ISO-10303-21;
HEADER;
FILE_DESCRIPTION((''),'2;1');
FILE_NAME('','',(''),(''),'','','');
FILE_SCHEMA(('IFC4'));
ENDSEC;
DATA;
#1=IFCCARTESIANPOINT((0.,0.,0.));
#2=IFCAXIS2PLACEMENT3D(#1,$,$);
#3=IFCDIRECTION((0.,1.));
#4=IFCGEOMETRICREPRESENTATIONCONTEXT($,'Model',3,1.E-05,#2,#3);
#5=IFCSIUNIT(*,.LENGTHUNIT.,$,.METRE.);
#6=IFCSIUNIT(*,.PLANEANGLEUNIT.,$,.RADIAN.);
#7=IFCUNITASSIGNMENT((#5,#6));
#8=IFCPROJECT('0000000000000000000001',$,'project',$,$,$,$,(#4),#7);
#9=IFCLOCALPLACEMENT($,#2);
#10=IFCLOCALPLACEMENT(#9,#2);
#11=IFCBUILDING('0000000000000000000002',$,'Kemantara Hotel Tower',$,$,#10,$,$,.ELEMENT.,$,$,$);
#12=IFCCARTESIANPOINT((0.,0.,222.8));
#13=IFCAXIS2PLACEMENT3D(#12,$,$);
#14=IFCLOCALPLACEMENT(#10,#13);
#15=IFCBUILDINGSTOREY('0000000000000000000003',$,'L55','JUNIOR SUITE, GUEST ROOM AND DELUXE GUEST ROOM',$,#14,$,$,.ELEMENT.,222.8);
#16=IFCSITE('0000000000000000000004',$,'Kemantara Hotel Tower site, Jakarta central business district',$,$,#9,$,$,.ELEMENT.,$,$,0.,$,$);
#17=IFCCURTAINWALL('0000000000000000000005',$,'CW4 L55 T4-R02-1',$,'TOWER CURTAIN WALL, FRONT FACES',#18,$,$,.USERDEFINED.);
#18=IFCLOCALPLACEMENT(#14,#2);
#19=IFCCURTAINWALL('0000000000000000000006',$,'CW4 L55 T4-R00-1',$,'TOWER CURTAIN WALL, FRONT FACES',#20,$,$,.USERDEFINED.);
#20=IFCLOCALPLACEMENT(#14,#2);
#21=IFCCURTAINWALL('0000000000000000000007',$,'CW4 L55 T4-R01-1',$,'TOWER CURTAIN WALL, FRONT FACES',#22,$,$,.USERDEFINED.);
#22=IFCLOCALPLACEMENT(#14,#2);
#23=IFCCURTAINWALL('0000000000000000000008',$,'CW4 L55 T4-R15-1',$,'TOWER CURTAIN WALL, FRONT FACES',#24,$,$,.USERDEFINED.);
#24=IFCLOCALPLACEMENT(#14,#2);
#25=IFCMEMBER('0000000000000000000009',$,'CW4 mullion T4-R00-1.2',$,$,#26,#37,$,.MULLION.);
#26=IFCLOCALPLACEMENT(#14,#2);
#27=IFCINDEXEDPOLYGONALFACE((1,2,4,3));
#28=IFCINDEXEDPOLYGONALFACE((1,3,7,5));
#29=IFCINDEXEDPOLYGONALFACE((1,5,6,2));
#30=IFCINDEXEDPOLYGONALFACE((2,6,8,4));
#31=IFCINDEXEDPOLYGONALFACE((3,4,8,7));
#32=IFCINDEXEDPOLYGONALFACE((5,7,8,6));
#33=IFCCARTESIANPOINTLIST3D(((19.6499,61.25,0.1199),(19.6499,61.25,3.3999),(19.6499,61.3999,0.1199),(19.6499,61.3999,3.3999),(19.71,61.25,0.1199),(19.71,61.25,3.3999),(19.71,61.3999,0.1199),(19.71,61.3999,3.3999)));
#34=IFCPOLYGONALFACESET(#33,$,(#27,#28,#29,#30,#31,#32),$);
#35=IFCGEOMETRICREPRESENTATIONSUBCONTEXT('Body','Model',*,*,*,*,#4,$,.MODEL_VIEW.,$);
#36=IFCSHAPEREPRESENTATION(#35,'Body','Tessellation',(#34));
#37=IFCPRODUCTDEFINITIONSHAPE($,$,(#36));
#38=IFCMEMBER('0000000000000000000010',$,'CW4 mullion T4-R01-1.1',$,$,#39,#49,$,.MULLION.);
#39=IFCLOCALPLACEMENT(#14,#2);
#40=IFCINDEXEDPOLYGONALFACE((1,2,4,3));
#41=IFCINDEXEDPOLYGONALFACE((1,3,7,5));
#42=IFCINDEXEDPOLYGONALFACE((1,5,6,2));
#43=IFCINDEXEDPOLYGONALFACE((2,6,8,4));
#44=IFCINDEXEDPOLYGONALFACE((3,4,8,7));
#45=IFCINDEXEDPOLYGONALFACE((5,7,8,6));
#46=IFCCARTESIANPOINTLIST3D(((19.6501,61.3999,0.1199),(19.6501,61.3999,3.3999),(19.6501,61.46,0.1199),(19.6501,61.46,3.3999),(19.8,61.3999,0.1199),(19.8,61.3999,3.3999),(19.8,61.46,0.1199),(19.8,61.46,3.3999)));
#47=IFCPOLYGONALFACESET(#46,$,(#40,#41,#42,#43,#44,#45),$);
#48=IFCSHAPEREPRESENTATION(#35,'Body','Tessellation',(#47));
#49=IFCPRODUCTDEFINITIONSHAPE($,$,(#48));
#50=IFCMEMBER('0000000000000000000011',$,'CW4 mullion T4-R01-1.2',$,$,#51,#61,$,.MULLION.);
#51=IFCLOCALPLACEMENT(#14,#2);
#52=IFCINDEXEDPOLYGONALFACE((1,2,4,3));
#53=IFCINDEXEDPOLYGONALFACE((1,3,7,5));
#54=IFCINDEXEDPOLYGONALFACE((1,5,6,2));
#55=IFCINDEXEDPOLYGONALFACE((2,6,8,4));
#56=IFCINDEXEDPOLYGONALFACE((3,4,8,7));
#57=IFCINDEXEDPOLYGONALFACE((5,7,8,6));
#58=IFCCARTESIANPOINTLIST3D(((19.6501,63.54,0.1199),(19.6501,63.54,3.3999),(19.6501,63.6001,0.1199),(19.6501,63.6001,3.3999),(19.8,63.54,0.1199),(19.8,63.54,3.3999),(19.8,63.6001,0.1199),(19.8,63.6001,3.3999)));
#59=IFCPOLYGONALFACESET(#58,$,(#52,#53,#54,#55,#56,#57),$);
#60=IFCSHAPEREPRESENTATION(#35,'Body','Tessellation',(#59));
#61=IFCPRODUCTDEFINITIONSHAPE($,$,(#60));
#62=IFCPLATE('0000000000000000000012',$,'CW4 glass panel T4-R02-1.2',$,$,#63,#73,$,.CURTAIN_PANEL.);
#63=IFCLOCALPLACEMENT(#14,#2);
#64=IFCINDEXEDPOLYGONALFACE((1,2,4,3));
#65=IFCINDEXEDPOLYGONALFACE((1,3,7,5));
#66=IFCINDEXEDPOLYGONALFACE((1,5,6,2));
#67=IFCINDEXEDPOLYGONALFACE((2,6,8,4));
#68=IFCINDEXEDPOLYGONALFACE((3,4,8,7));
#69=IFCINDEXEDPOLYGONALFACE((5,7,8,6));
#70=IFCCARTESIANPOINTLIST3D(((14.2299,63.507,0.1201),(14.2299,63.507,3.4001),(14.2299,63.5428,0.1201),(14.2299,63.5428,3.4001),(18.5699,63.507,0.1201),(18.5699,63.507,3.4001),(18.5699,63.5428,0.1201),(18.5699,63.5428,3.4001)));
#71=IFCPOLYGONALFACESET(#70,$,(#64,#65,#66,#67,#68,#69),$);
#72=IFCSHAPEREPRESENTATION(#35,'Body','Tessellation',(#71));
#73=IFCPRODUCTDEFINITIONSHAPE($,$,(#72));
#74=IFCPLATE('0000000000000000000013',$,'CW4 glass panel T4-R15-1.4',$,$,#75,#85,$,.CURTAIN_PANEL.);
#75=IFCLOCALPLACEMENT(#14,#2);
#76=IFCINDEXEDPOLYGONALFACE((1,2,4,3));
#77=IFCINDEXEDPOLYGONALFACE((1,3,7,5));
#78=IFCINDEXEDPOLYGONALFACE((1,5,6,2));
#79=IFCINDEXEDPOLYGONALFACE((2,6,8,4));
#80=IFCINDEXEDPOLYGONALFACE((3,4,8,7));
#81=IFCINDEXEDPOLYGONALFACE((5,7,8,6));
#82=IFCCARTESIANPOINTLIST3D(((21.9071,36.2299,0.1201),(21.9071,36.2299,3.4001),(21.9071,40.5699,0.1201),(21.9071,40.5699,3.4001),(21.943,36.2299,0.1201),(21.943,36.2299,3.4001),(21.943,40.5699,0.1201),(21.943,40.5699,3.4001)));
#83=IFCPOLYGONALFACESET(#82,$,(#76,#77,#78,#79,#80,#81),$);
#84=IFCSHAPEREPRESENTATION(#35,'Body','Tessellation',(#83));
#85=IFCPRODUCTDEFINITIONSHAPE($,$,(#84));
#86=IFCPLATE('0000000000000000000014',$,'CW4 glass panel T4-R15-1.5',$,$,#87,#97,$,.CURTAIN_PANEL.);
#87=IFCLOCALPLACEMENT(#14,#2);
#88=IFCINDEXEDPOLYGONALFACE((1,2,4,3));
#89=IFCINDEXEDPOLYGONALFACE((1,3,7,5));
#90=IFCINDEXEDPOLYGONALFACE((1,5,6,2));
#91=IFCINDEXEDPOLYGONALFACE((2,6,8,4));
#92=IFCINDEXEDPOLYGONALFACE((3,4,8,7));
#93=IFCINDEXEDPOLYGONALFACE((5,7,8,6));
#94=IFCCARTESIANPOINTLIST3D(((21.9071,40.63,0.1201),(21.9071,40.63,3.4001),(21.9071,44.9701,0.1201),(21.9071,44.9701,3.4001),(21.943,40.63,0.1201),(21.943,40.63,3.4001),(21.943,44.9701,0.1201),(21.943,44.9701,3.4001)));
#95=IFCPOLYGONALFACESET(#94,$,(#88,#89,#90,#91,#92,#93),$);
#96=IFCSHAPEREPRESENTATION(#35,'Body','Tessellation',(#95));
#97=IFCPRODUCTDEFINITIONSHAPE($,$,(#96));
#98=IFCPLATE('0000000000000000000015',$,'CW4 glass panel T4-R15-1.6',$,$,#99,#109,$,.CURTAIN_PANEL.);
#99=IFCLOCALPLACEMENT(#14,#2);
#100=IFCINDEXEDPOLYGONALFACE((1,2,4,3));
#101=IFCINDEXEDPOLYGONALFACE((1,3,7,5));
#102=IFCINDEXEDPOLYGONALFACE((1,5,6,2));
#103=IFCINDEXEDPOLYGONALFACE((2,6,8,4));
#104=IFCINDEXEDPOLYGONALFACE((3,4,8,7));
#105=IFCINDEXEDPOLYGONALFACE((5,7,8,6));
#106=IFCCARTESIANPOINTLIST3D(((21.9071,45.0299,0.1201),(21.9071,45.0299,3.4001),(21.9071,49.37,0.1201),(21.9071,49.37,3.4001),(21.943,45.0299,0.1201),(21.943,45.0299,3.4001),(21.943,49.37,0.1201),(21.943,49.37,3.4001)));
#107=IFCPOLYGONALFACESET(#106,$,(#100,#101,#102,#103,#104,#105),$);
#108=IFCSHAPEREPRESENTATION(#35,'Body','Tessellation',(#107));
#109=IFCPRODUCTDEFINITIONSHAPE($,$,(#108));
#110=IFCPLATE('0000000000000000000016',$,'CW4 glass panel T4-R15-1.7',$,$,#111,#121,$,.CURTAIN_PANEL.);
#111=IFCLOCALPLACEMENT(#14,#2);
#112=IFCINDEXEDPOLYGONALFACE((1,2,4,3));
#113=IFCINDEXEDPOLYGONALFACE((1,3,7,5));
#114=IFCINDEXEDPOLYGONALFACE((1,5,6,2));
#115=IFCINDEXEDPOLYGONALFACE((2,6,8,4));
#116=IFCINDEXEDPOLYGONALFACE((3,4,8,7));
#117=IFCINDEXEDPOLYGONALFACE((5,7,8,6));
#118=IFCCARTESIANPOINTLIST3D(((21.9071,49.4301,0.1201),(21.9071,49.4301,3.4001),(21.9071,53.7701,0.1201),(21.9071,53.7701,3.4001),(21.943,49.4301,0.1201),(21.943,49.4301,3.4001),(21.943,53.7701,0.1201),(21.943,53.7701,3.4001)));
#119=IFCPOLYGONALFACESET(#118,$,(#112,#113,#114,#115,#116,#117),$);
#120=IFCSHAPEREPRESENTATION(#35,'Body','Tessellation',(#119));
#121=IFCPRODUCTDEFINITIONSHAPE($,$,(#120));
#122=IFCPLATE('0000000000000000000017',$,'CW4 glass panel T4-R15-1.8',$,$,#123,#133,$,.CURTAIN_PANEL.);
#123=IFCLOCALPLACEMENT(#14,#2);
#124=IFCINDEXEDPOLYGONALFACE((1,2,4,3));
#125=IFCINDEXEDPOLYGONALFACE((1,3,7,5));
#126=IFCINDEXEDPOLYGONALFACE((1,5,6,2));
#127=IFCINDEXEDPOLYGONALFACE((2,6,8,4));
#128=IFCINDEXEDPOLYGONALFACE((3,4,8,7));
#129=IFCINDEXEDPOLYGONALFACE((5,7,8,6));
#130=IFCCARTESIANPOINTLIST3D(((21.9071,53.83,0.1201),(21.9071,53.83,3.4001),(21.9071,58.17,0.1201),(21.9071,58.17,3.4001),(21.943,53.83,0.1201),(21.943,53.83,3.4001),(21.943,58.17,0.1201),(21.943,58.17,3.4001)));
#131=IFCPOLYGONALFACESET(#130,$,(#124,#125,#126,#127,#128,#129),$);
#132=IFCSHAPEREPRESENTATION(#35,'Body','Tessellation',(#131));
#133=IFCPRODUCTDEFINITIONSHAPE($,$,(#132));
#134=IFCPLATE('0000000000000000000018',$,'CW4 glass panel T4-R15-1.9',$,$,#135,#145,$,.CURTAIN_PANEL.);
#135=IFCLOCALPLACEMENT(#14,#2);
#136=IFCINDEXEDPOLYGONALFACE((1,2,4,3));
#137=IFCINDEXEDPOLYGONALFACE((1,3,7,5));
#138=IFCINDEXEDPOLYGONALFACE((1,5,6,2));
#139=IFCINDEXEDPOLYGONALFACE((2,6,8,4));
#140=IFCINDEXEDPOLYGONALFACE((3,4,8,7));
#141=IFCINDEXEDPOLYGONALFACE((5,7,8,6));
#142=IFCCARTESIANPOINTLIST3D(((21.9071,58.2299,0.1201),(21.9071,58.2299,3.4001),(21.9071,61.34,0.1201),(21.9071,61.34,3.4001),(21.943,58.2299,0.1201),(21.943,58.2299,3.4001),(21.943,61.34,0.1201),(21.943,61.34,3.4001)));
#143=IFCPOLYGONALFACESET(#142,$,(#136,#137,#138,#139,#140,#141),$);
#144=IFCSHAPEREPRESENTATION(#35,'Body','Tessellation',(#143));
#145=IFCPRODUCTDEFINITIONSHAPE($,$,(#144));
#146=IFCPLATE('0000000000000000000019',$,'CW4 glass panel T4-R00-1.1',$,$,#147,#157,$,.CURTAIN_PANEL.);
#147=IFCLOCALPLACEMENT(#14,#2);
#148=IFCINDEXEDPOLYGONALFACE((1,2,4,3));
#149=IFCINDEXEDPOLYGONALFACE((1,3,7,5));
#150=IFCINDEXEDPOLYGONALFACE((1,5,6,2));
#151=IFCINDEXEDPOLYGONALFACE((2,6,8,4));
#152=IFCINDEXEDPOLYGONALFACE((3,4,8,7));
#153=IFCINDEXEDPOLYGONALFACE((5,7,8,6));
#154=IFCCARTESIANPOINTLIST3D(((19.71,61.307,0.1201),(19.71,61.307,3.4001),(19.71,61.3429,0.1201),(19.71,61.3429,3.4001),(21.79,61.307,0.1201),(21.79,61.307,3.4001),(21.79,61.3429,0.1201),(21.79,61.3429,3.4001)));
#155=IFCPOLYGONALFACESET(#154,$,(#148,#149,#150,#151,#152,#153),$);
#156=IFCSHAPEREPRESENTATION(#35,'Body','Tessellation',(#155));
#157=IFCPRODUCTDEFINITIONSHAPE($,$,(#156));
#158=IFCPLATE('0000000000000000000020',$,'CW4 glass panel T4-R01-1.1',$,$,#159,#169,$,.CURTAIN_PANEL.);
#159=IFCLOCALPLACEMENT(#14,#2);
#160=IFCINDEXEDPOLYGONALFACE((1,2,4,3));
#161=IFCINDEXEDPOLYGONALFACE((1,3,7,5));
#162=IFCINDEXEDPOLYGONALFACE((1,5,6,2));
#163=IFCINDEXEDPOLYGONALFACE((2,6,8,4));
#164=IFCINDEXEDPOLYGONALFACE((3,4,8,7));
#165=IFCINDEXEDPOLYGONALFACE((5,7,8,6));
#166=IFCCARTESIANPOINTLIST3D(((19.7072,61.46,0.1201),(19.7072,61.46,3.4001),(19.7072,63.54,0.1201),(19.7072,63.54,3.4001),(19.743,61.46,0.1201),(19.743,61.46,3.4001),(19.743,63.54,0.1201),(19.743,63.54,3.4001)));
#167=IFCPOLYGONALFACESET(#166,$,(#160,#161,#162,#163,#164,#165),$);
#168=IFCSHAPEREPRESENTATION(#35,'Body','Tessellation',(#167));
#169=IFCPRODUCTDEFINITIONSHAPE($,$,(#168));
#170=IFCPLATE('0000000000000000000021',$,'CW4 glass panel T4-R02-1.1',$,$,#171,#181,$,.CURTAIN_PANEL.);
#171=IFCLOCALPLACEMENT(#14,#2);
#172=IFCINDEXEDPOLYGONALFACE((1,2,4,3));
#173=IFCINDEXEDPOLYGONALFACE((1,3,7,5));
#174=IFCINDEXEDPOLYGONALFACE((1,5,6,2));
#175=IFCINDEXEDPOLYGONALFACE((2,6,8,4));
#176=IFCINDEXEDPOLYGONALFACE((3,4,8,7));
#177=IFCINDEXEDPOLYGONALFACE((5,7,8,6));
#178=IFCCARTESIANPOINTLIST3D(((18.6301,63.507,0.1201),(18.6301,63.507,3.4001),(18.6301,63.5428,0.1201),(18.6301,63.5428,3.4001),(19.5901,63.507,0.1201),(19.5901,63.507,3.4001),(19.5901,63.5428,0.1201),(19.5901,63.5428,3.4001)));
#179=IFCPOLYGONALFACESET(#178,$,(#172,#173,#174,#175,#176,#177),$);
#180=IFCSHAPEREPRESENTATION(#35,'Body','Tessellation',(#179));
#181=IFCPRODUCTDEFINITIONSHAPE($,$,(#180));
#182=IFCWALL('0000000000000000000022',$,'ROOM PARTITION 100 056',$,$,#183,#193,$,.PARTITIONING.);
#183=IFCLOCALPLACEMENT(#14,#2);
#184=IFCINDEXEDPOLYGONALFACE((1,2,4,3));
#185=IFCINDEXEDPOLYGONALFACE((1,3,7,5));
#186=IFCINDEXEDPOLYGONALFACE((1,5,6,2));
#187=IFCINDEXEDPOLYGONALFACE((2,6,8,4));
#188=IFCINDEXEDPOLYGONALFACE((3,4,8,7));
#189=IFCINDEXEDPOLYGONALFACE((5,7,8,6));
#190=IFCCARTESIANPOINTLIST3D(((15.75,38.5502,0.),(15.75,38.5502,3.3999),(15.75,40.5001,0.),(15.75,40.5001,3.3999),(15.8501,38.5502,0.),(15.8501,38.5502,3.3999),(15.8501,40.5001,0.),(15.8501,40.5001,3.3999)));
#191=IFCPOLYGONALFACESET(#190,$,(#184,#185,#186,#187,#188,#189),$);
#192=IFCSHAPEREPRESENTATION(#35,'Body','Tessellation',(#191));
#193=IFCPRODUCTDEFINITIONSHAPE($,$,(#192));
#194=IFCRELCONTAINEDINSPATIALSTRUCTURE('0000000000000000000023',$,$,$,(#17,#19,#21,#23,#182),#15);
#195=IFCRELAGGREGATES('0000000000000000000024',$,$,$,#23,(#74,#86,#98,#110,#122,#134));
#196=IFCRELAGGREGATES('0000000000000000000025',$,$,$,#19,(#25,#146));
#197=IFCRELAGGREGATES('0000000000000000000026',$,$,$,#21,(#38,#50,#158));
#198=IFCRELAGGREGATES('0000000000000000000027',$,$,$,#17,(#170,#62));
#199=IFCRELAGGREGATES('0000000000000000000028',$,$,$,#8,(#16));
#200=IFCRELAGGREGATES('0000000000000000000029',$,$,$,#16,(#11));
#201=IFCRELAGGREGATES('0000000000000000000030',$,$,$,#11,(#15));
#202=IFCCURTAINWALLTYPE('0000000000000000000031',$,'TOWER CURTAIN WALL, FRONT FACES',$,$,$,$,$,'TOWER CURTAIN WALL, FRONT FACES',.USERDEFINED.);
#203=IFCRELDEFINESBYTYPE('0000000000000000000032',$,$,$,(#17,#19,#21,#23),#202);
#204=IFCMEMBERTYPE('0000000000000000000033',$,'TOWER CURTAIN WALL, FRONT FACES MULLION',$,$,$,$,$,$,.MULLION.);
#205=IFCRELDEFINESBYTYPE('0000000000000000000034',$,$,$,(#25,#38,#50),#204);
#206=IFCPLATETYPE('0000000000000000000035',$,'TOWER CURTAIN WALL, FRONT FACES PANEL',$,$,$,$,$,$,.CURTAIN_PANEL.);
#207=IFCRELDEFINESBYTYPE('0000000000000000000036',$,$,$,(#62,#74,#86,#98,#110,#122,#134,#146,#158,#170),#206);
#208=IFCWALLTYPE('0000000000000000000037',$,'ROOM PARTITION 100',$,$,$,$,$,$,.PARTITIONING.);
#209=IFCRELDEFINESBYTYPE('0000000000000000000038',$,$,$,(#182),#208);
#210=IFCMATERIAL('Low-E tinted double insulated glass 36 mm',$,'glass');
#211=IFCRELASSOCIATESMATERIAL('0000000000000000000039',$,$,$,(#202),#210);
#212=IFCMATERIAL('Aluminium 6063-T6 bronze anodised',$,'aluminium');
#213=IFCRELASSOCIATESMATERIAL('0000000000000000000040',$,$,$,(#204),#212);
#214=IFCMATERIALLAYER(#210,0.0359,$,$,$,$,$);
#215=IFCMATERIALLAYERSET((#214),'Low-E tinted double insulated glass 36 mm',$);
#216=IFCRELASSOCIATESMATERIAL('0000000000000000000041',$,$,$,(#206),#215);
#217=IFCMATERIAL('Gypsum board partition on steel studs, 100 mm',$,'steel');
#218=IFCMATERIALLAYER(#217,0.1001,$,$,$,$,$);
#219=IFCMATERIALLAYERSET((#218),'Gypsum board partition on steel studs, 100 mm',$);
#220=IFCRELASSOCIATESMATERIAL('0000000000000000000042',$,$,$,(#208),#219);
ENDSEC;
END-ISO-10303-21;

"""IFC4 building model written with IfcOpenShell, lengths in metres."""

from ifc_helpers import new_model, si_unit, direction, frame, frame_2d, origin, origin_2d, place, context, subcontext, project, spatial, rectangle, extrude, source, transform, mapped, material, layer, layer_set, material_profile, profile_set, type_object, element, aggregate, save


model = new_model("IFC4")

# Units and contexts
model_context = context("Model", 3, precision=1e-05, world=origin(), true_north=direction((0.0, 1.0)))
body_context = subcontext(model_context, "Body", "Model", "MODEL_VIEW")
ifc_project = project(units=[si_unit("LENGTHUNIT", "METRE"), si_unit("PLANEANGLEUNIT", "RADIAN")], contexts=[model_context])

# Site, building, storey
site_placement = place(None, origin())
site = spatial("IfcSite", under=ifc_project, at=site_placement, Name="Kemantara Hotel Tower site, Jakarta central business district", CompositionType="ELEMENT", RefElevation=0.0)
building_placement = place(site_placement, origin())
building = spatial("IfcBuilding", under=site, at=building_placement, Name="Kemantara Hotel Tower", CompositionType="ELEMENT")
storey_placement = place(building_placement, frame((0.0, 0.0, 222.8)))
storey = spatial("IfcBuildingStorey", under=building, at=storey_placement, Name="L55", Description="JUNIOR SUITE, GUEST ROOM AND DELUXE GUEST ROOM", CompositionType="ELEMENT", Elevation=222.8)

# Curtain walls
ifc_material_1 = material(Name="Low-E tinted double insulated glass 36 mm", Category="glass")
curtain_wall_type = type_object("IfcCurtainWallType", Name="TOWER CURTAIN WALL, FRONT FACES", ElementType="TOWER CURTAIN WALL, FRONT FACES", PredefinedType="USERDEFINED", material=ifc_material_1)
curtain_wall_1_placement = place(storey_placement, origin())
curtain_wall_1 = element("IfcCurtainWall", 1, at=curtain_wall_1_placement, inside=storey, type_object=curtain_wall_type, Name="CW4 L55 T4-R02-1", ObjectType="TOWER CURTAIN WALL, FRONT FACES", PredefinedType="USERDEFINED")
ifc_material_2 = material(Name="Aluminium 6063-T6 bronze anodised", Category="aluminium")
curtain_wall_2_placement = place(storey_placement, origin())
curtain_wall_2 = element("IfcCurtainWall", 2, at=curtain_wall_2_placement, inside=storey, type_object=curtain_wall_type, Name="CW4 L55 T4-R00-1", ObjectType="TOWER CURTAIN WALL, FRONT FACES", PredefinedType="USERDEFINED")
curtain_wall_3_placement = place(storey_placement, origin())
curtain_wall_3 = element("IfcCurtainWall", 3, at=curtain_wall_3_placement, inside=storey, type_object=curtain_wall_type, Name="CW4 L55 T4-R01-1", ObjectType="TOWER CURTAIN WALL, FRONT FACES", PredefinedType="USERDEFINED")

# Shared definitions
ifc_material_profile_1 = material_profile(ifc_material_2, rectangle(XDim=0.1499, YDim=0.0601, at=origin_2d()), Name="TOWER CURTAIN WALL, FRONT FACES MULLION")
ifc_profile_set_1 = profile_set([ifc_material_profile_1], Name="Aluminium 6063-T6 bronze anodised")
member_type_1 = type_object("IfcMemberType", Name="TOWER CURTAIN WALL, FRONT FACES MULLION", PredefinedType="MULLION", material=ifc_profile_set_1)
shared_shape_1 = source(origin(), body_context, "Body", "SweptSolid", [
    extrude(rectangle(XDim=0.1499, YDim=0.0601, at=origin_2d()), origin(), (0.0, 0.0, 1.0), 3.28),
])

# Curtain wall
curtain_wall_4_placement = place(storey_placement, origin())
curtain_wall_4 = element("IfcCurtainWall", 4, at=curtain_wall_4_placement, inside=storey, type_object=curtain_wall_type, Name="CW4 L55 T4-R15-1", ObjectType="TOWER CURTAIN WALL, FRONT FACES", PredefinedType="USERDEFINED")

# Members
member_1_placement = place(storey_placement, frame((19.6799, 61.325, 0.1199), z_axis=(0.0, 0.0, 1.0), x_axis=(0.0, -1.0, 0.0)))
member_1 = element("IfcMember", 5, at=member_1_placement, type_object=member_type_1, Name="CW4 mullion T4-R00-1.2", PredefinedType="MULLION", context=body_context, shape_type="MappedRepresentation", body=[
    mapped(shared_shape_1, transform((0.0, 0.0, 0.0))),
])
member_2_placement = place(storey_placement, frame((19.7251, 61.4299, 0.1199), z_axis=(0.0, 0.0, 1.0), x_axis=(-1.0, 0.0, 0.0)))
member_2 = element("IfcMember", 6, at=member_2_placement, type_object=member_type_1, Name="CW4 mullion T4-R01-1.1", PredefinedType="MULLION", context=body_context, shape_type="MappedRepresentation", body=[
    mapped(shared_shape_1, transform((0.0, 0.0, 0.0))),
])
member_3_placement = place(storey_placement, frame((19.7251, 63.5701, 0.1199), z_axis=(0.0, 0.0, 1.0), x_axis=(-1.0, 0.0, 0.0)))
member_3 = element("IfcMember", 7, at=member_3_placement, type_object=member_type_1, Name="CW4 mullion T4-R01-1.2", PredefinedType="MULLION", context=body_context, shape_type="MappedRepresentation", body=[
    mapped(shared_shape_1, transform((0.0, 0.0, 0.0))),
])

# Plates
ifc_layer_1 = layer(ifc_material_1, 0.0359)
ifc_layer_set_1 = layer_set([ifc_layer_1], Name="Low-E tinted double insulated glass 36 mm")
plate_type = type_object("IfcPlateType", Name="TOWER CURTAIN WALL, FRONT FACES PANEL", PredefinedType="CURTAIN_PANEL", material=ifc_layer_set_1)
shared_shape_2 = source(origin(), body_context, "Body", "SweptSolid", [
    extrude(rectangle(XDim=4.3401, YDim=0.0359, at=origin_2d()), origin(), (0.0, 0.0, 1.0), 3.28),
])
plate_1_placement = place(storey_placement, frame((16.3999, 63.5249, 0.1201), z_axis=(0.0, 0.0, 1.0), x_axis=(-1.0, 0.0, 0.0)))
plate_1 = element("IfcPlate", 8, at=plate_1_placement, type_object=plate_type, Name="CW4 glass panel T4-R02-1.2", PredefinedType="CURTAIN_PANEL", context=body_context, shape_type="MappedRepresentation", body=[
    mapped(shared_shape_2, transform((0.0, 0.0, 0.0))),
])
plate_2_placement = place(storey_placement, frame((21.925, 38.3999, 0.1201), z_axis=(0.0, 0.0, 1.0), x_axis=(0.0, 1.0, 0.0)))
plate_2 = element("IfcPlate", 9, at=plate_2_placement, type_object=plate_type, Name="CW4 glass panel T4-R15-1.4", PredefinedType="CURTAIN_PANEL", context=body_context, shape_type="MappedRepresentation", body=[
    mapped(shared_shape_2, transform((0.0, 0.0, 0.0))),
])
plate_3_placement = place(storey_placement, frame((21.925, 42.8, 0.1201), z_axis=(0.0, 0.0, 1.0), x_axis=(0.0, 1.0, 0.0)))
plate_3 = element("IfcPlate", 10, at=plate_3_placement, type_object=plate_type, Name="CW4 glass panel T4-R15-1.5", PredefinedType="CURTAIN_PANEL", context=body_context, shape_type="MappedRepresentation", body=[
    mapped(shared_shape_2, transform((0.0, 0.0, 0.0))),
])
plate_4_placement = place(storey_placement, frame((21.925, 47.2, 0.1201), z_axis=(0.0, 0.0, 1.0), x_axis=(0.0, 1.0, 0.0)))
plate_4 = element("IfcPlate", 11, at=plate_4_placement, type_object=plate_type, Name="CW4 glass panel T4-R15-1.6", PredefinedType="CURTAIN_PANEL", context=body_context, shape_type="MappedRepresentation", body=[
    mapped(shared_shape_2, transform((0.0, 0.0, 0.0))),
])
plate_5_placement = place(storey_placement, frame((21.925, 51.6001, 0.1201), z_axis=(0.0, 0.0, 1.0), x_axis=(0.0, 1.0, 0.0)))
plate_5 = element("IfcPlate", 12, at=plate_5_placement, type_object=plate_type, Name="CW4 glass panel T4-R15-1.7", PredefinedType="CURTAIN_PANEL", context=body_context, shape_type="MappedRepresentation", body=[
    mapped(shared_shape_2, transform((0.0, 0.0, 0.0))),
])
plate_6_placement = place(storey_placement, frame((21.925, 56.0, 0.1201), z_axis=(0.0, 0.0, 1.0), x_axis=(0.0, 1.0, 0.0)))
plate_6 = element("IfcPlate", 13, at=plate_6_placement, type_object=plate_type, Name="CW4 glass panel T4-R15-1.8", PredefinedType="CURTAIN_PANEL", context=body_context, shape_type="MappedRepresentation", body=[
    mapped(shared_shape_2, transform((0.0, 0.0, 0.0))),
])
shared_shape_3 = source(origin(), body_context, "Body", "SweptSolid", [
    extrude(rectangle(XDim=3.1101, YDim=0.0359, at=origin_2d()), origin(), (0.0, 0.0, 1.0), 3.28),
])
plate_7_placement = place(storey_placement, frame((21.925, 59.7849, 0.1201), z_axis=(0.0, 0.0, 1.0), x_axis=(0.0, 1.0, 0.0)))
plate_7 = element("IfcPlate", 14, at=plate_7_placement, type_object=plate_type, Name="CW4 glass panel T4-R15-1.9", PredefinedType="CURTAIN_PANEL", context=body_context, shape_type="MappedRepresentation", body=[
    mapped(shared_shape_3, transform((0.0, 0.0, 0.0))),
])
aggregate(curtain_wall_4, [plate_2, plate_3, plate_4, plate_5, plate_6, plate_7])
shared_shape_4 = source(origin(), body_context, "Body", "SweptSolid", [
    extrude(rectangle(XDim=2.0801, YDim=0.0359, at=origin_2d()), origin(), (0.0, 0.0, 1.0), 3.28),
])
plate_8_placement = place(storey_placement, frame((20.75, 61.325, 0.1201), z_axis=(0.0, 0.0, 1.0), x_axis=(-1.0, 0.0, 0.0)))
plate_8 = element("IfcPlate", 15, at=plate_8_placement, type_object=plate_type, Name="CW4 glass panel T4-R00-1.1", PredefinedType="CURTAIN_PANEL", context=body_context, shape_type="MappedRepresentation", body=[
    mapped(shared_shape_4, transform((0.0, 0.0, 0.0))),
])
aggregate(curtain_wall_2, [member_1, plate_8])
plate_9_placement = place(storey_placement, frame((19.7251, 62.5, 0.1201), z_axis=(0.0, 0.0, 1.0), x_axis=(0.0, 1.0, 0.0)))
plate_9 = element("IfcPlate", 16, at=plate_9_placement, type_object=plate_type, Name="CW4 glass panel T4-R01-1.1", PredefinedType="CURTAIN_PANEL", context=body_context, shape_type="MappedRepresentation", body=[
    mapped(shared_shape_4, transform((0.0, 0.0, 0.0))),
])
aggregate(curtain_wall_3, [member_2, member_3, plate_9])
shared_shape_5 = source(origin(), body_context, "Body", "SweptSolid", [
    extrude(rectangle(XDim=0.96, YDim=0.0359, at=origin_2d()), origin(), (0.0, 0.0, 1.0), 3.28),
])
plate_10_placement = place(storey_placement, frame((19.1101, 63.5249, 0.1201), z_axis=(0.0, 0.0, 1.0), x_axis=(-1.0, 0.0, 0.0)))
plate_10 = element("IfcPlate", 17, at=plate_10_placement, type_object=plate_type, Name="CW4 glass panel T4-R02-1.1", PredefinedType="CURTAIN_PANEL", context=body_context, shape_type="MappedRepresentation", body=[
    mapped(shared_shape_5, transform((0.0, 0.0, 0.0))),
])
aggregate(curtain_wall_1, [plate_10, plate_1])

# Wall
ifc_material_3 = material(Name="Gypsum board partition on steel studs, 100 mm", Category="steel")
ifc_layer_2 = layer(ifc_material_3, 0.1001)
ifc_layer_set_2 = layer_set([ifc_layer_2], Name="Gypsum board partition on steel studs, 100 mm")
wall_type = type_object("IfcWallType", Name="ROOM PARTITION 100", PredefinedType="PARTITIONING", material=ifc_layer_set_2)
for number, where, z_axis, x_axis, name in (
    (18, (15.8, 38.55, 0.0), (0.0, 0.0, 1.0), (0.0, 1.0, 0.0), "ROOM PARTITION 100 056"),
):
    element("IfcWall", number, at=place(storey_placement, frame(where, z_axis=z_axis, x_axis=x_axis)), inside=storey, type_object=wall_type, Name=name, PredefinedType="PARTITIONING", context=body_context, shape_type="SweptSolid", body=[
        extrude(rectangle(XDim=1.95, YDim=0.1001, at=frame_2d((0.9751, 0.0))), origin(), (0.0, 0.0, 1.0), 3.3999),
    ])

save(model, "model.ifc")
